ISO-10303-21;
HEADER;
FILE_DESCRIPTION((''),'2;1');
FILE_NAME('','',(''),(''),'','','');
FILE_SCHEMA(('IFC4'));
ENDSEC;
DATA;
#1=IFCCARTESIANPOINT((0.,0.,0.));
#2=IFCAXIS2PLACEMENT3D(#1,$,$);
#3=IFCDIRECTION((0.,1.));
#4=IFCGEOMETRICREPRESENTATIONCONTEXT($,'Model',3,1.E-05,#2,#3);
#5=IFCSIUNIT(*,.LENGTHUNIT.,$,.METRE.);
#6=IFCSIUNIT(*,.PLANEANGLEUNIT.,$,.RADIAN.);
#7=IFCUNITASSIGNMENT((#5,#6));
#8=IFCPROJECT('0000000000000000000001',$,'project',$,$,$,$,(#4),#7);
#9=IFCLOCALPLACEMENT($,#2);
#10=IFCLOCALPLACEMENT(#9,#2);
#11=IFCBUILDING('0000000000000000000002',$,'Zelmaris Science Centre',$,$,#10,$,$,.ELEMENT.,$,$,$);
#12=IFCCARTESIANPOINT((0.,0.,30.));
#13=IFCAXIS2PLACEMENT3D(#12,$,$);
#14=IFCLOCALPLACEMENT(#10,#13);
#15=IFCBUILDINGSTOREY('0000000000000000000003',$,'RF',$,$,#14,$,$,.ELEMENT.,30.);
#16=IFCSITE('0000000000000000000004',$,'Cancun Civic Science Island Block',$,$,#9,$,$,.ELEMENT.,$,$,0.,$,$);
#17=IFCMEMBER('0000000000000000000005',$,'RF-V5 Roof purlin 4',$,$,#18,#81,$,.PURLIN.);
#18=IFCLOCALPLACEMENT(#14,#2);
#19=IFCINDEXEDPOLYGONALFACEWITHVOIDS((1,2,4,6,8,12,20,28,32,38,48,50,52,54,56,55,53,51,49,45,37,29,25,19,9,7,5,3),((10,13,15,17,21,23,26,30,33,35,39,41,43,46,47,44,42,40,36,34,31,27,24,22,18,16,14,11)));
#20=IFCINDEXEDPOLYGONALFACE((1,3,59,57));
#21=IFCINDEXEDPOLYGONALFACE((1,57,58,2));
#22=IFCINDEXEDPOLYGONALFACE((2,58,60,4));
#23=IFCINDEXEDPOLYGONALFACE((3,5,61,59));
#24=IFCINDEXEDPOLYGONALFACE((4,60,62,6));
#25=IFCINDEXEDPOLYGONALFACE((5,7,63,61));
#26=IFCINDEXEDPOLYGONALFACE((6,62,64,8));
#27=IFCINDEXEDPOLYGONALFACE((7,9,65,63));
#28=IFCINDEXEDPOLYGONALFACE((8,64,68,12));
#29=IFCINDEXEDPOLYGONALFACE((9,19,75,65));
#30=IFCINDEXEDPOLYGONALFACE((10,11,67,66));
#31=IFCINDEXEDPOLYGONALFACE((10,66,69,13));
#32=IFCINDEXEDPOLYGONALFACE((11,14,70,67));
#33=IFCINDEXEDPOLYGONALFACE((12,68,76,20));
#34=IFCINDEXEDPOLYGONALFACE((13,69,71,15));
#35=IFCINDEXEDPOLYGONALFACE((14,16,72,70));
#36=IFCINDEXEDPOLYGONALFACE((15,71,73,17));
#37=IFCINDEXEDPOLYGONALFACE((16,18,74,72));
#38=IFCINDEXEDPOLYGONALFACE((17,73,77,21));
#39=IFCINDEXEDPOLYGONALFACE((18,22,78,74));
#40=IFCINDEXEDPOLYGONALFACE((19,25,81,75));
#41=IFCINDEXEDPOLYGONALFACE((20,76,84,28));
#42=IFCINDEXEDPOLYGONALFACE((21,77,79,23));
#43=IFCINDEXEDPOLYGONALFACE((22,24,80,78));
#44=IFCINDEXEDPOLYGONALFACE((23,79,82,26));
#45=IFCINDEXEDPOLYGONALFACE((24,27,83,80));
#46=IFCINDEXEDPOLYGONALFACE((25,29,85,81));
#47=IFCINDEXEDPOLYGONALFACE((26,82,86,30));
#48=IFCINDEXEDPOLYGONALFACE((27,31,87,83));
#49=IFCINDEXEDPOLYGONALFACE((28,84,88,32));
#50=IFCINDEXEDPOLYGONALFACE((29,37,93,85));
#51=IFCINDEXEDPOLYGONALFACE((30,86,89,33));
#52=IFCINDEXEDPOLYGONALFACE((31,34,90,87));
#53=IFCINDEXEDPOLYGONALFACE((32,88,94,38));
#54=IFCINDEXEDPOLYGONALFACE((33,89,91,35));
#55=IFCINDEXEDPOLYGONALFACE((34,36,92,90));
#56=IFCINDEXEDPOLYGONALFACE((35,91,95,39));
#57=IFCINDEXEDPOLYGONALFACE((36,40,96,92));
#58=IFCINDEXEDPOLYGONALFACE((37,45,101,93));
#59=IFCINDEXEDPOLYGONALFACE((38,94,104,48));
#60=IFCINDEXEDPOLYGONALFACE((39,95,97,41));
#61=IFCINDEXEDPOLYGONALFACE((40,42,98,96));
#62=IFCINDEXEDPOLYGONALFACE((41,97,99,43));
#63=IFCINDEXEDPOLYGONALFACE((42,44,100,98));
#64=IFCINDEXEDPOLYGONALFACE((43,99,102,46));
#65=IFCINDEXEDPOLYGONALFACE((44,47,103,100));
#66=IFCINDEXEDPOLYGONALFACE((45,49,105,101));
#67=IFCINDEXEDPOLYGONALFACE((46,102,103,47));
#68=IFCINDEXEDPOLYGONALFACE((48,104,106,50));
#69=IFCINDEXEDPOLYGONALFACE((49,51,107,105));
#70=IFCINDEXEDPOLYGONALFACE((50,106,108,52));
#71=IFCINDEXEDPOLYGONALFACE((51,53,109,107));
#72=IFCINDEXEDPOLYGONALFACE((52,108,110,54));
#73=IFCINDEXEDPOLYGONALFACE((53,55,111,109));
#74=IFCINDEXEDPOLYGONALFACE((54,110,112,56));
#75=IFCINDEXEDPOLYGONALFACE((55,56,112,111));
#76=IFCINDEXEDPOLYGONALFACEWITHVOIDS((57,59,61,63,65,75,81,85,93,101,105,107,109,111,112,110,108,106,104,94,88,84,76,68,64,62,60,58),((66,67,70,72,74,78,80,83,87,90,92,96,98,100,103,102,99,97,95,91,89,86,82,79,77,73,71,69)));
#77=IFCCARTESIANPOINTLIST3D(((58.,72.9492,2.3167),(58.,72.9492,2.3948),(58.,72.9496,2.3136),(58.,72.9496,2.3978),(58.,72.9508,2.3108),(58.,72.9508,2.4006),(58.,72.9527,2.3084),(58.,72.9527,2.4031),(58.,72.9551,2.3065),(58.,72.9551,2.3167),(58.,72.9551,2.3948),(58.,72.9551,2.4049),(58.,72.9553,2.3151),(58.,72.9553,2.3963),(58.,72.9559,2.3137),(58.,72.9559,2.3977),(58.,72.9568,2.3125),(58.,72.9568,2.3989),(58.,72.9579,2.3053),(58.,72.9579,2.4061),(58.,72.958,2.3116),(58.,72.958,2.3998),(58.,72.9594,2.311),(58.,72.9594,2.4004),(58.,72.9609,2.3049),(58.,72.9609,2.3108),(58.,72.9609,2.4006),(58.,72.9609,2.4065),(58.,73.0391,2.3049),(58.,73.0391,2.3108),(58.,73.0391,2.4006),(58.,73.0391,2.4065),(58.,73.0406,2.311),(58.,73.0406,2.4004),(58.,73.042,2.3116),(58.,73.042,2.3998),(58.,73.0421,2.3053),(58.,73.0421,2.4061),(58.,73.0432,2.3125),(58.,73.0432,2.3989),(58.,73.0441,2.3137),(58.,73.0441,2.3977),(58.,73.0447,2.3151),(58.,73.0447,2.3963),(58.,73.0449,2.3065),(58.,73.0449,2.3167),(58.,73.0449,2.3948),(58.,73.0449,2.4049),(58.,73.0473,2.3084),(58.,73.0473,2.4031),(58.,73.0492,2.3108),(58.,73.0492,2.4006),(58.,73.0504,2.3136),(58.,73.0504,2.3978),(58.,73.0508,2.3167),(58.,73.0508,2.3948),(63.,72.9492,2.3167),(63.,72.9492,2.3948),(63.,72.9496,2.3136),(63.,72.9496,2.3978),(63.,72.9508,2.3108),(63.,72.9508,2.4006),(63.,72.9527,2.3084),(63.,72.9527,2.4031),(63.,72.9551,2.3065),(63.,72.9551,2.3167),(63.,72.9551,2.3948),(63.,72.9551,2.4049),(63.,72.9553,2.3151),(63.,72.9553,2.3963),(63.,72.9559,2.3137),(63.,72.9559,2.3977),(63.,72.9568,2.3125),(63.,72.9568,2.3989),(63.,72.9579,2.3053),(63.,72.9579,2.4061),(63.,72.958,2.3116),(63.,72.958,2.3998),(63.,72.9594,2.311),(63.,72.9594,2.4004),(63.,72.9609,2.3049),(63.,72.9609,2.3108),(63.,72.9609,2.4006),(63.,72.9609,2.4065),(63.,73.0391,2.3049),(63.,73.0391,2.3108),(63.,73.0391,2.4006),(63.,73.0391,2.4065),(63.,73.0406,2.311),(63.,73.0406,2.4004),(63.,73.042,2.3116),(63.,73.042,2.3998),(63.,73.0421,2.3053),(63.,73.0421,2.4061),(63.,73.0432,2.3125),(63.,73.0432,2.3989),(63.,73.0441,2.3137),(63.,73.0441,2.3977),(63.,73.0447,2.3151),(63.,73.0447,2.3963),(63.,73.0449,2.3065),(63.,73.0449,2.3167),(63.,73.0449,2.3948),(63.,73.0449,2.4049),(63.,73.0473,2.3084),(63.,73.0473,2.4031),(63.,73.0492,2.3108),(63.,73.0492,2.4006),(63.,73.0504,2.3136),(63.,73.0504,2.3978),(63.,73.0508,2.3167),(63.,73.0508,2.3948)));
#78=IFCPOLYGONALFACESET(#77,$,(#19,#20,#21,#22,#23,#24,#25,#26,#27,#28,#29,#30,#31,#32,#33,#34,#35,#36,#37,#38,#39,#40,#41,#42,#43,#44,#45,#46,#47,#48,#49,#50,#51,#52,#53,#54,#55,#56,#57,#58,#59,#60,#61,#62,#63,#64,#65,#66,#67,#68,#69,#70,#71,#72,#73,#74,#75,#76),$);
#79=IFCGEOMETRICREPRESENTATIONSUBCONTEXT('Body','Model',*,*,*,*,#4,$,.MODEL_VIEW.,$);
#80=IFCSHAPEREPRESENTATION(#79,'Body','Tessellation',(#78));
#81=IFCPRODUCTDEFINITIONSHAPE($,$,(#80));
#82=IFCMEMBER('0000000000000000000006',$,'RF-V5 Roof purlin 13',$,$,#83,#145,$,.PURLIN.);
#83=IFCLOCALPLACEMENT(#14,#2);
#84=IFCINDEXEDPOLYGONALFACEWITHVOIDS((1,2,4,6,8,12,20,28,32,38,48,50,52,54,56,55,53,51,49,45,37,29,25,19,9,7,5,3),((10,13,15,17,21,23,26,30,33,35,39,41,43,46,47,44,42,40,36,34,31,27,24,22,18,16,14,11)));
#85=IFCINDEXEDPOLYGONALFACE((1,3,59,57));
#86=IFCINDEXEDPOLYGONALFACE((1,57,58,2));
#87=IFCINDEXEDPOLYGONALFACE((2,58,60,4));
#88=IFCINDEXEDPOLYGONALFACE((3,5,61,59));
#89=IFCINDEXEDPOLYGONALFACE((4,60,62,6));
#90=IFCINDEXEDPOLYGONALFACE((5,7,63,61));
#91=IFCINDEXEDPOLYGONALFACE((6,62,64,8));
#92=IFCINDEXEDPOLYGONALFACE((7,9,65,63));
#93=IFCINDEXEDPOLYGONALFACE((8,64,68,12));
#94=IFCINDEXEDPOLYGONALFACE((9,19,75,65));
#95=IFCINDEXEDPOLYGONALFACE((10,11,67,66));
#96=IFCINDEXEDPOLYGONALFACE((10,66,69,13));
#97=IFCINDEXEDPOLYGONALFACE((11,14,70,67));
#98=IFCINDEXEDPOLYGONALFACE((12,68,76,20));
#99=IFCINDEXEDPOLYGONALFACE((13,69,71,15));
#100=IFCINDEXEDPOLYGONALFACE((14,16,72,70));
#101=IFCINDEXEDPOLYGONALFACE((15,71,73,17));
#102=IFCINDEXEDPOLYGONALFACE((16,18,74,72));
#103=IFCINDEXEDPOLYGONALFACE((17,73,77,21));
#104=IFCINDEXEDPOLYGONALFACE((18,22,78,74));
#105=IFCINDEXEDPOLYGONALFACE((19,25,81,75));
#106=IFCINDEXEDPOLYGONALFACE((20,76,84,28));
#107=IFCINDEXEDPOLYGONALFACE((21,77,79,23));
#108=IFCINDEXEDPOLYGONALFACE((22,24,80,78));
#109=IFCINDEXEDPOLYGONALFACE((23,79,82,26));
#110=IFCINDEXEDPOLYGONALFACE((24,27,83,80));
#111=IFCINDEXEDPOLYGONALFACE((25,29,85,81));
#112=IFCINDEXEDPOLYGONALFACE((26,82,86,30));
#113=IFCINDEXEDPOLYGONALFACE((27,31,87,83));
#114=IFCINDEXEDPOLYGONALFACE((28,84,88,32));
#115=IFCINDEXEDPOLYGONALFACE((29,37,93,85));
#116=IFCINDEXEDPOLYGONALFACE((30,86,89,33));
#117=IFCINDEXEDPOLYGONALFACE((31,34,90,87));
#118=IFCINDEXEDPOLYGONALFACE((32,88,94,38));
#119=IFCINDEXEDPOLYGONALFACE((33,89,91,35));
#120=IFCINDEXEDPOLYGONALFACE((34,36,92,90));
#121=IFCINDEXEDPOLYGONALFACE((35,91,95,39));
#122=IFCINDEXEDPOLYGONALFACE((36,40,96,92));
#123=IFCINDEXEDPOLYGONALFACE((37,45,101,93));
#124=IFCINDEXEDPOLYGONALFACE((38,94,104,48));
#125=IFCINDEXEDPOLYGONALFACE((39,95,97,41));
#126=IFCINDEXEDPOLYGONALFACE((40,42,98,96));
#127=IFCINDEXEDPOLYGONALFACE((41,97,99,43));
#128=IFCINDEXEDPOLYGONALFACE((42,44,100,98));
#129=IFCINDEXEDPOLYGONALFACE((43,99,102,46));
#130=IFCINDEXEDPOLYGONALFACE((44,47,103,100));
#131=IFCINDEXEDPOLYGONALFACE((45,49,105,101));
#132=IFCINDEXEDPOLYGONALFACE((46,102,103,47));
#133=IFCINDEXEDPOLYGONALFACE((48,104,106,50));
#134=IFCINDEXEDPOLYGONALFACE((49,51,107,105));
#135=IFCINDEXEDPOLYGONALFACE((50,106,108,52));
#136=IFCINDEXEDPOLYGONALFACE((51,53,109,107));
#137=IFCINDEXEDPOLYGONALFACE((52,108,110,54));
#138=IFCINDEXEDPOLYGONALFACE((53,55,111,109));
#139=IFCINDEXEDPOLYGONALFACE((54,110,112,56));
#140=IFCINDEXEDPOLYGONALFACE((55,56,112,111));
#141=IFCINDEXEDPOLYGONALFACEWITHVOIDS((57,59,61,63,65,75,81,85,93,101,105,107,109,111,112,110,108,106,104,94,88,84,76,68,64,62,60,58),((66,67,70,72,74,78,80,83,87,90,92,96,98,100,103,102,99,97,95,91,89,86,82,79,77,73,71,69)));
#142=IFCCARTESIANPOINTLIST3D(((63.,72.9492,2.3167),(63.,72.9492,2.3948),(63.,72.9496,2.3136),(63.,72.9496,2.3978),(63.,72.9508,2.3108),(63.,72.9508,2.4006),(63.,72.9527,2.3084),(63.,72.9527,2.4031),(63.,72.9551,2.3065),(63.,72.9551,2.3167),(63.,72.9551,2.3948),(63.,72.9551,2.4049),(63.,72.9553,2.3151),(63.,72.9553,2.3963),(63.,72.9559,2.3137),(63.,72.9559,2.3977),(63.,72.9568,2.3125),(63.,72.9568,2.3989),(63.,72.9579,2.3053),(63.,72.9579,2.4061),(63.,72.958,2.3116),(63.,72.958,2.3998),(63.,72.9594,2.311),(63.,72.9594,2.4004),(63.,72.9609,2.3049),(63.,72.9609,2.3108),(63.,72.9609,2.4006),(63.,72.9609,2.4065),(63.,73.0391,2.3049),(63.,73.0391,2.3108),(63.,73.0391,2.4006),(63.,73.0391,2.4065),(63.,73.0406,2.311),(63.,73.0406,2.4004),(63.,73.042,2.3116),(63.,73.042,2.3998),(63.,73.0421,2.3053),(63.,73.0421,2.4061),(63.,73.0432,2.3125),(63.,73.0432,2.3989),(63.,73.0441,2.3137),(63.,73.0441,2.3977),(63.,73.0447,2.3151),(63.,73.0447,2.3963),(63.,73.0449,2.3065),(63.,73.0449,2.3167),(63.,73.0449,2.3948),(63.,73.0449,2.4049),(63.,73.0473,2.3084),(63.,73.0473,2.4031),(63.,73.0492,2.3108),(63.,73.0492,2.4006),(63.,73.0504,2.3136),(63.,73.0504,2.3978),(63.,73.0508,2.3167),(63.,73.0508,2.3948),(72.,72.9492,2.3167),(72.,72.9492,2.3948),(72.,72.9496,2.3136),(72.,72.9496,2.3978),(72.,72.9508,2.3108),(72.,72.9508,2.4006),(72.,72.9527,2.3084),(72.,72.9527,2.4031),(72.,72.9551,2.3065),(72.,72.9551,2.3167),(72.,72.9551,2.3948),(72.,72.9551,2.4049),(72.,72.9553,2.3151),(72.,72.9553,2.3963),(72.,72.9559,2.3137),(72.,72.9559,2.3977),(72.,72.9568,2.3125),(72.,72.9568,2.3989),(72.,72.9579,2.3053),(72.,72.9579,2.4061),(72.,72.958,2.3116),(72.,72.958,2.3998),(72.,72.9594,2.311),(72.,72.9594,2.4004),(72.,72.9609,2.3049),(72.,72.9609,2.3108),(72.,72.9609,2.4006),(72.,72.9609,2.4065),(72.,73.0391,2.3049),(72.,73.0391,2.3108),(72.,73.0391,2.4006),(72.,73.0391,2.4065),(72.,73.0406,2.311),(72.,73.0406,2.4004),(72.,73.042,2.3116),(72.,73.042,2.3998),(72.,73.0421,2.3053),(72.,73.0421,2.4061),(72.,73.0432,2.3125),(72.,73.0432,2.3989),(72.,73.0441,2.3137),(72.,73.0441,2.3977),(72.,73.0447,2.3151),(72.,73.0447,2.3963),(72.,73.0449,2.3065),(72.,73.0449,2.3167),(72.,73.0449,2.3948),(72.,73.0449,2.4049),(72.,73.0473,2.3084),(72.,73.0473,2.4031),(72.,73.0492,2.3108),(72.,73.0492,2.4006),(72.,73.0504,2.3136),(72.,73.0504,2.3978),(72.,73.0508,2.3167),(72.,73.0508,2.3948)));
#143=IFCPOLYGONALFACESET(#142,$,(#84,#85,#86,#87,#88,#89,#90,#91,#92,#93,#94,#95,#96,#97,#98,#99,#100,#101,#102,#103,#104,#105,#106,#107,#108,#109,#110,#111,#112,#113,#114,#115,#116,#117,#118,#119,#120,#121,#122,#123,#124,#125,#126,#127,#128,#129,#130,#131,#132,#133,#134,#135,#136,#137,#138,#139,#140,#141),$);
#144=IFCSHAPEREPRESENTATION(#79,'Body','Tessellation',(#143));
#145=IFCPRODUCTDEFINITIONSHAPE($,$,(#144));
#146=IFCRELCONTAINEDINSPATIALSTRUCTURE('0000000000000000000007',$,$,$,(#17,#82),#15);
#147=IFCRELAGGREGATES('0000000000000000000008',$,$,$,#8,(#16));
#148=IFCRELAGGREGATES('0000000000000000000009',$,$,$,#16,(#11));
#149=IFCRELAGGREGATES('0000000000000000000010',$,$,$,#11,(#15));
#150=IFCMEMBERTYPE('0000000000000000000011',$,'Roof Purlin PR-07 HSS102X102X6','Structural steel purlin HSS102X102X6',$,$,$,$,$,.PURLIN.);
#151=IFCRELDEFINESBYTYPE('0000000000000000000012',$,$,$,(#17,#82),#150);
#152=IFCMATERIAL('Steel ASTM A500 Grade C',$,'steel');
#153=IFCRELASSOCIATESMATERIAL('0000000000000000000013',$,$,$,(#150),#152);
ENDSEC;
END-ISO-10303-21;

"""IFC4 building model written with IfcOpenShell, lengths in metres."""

from ifc_helpers import new_model, si_unit, direction, frame, origin, origin_2d, place, context, subcontext, project, spatial, hollow_rectangle, extrude, material, material_profile, profile_set, type_object, element, save


model = new_model("IFC4")

# Units and contexts
model_context = context("Model", 3, precision=1e-05, world=origin(), true_north=direction((0.0, 1.0)))
body_context = subcontext(model_context, "Body", "Model", "MODEL_VIEW")
ifc_project = project(units=[si_unit("LENGTHUNIT", "METRE"), si_unit("PLANEANGLEUNIT", "RADIAN")], contexts=[model_context])

# Site, building, storey
site_placement = place(None, origin())
site = spatial("IfcSite", under=ifc_project, at=site_placement, Name="Cancun Civic Science Island Block", CompositionType="ELEMENT", RefElevation=0.0)
building_placement = place(site_placement, origin())
building = spatial("IfcBuilding", under=site, at=building_placement, Name="Zelmaris Science Centre", CompositionType="ELEMENT")
storey_placement = place(building_placement, frame((0.0, 0.0, 30.0)))
storey = spatial("IfcBuildingStorey", under=building, at=storey_placement, Name="RF", CompositionType="ELEMENT", Elevation=30.0)

# Shared definitions
ifc_material_1 = material(Name="Steel ASTM A500 Grade C", Category="steel")

# Members
ifc_material_profile_1 = material_profile(ifc_material_1, hollow_rectangle(XDim=0.1016, YDim=0.1016, WallThickness=0.0059, InnerFilletRadius=0.0059, OuterFilletRadius=0.0117, at=origin_2d()), Name="HSS102X102X6")
ifc_profile_set_1 = profile_set([ifc_material_profile_1], Name="Steel ASTM A500 Grade C")
member_type_1 = type_object("IfcMemberType", Name="Roof Purlin PR-07 HSS102X102X6", Description="Structural steel purlin HSS102X102X6", PredefinedType="PURLIN", material=ifc_profile_set_1)
member_1_placement = place(storey_placement, frame((58.0, 73.0, 2.3557), z_axis=(1.0, 0.0, 0.0), x_axis=(0.0, 1.0, 0.0)))
element("IfcMember", 1, at=member_1_placement, inside=storey, type_object=member_type_1, Name="RF-V5 Roof purlin 4", PredefinedType="PURLIN", context=body_context, shape_type="SweptSolid", body=[
    extrude(hollow_rectangle(XDim=0.1016, YDim=0.1016, WallThickness=0.0059, InnerFilletRadius=0.0059, OuterFilletRadius=0.0117, at=origin_2d()), origin(), (0.0, 0.0, 1.0), 5.0),
])
member_2_placement = place(storey_placement, frame((63.0, 73.0, 2.3557), z_axis=(1.0, 0.0, 0.0), x_axis=(0.0, 1.0, 0.0)))
element("IfcMember", 2, at=member_2_placement, inside=storey, type_object=member_type_1, Name="RF-V5 Roof purlin 13", PredefinedType="PURLIN", context=body_context, shape_type="SweptSolid", body=[
    extrude(hollow_rectangle(XDim=0.1016, YDim=0.1016, WallThickness=0.0059, InnerFilletRadius=0.0059, OuterFilletRadius=0.0117, at=origin_2d()), origin(), (0.0, 0.0, 1.0), 9.0),
])

save(model, "model.ifc")
